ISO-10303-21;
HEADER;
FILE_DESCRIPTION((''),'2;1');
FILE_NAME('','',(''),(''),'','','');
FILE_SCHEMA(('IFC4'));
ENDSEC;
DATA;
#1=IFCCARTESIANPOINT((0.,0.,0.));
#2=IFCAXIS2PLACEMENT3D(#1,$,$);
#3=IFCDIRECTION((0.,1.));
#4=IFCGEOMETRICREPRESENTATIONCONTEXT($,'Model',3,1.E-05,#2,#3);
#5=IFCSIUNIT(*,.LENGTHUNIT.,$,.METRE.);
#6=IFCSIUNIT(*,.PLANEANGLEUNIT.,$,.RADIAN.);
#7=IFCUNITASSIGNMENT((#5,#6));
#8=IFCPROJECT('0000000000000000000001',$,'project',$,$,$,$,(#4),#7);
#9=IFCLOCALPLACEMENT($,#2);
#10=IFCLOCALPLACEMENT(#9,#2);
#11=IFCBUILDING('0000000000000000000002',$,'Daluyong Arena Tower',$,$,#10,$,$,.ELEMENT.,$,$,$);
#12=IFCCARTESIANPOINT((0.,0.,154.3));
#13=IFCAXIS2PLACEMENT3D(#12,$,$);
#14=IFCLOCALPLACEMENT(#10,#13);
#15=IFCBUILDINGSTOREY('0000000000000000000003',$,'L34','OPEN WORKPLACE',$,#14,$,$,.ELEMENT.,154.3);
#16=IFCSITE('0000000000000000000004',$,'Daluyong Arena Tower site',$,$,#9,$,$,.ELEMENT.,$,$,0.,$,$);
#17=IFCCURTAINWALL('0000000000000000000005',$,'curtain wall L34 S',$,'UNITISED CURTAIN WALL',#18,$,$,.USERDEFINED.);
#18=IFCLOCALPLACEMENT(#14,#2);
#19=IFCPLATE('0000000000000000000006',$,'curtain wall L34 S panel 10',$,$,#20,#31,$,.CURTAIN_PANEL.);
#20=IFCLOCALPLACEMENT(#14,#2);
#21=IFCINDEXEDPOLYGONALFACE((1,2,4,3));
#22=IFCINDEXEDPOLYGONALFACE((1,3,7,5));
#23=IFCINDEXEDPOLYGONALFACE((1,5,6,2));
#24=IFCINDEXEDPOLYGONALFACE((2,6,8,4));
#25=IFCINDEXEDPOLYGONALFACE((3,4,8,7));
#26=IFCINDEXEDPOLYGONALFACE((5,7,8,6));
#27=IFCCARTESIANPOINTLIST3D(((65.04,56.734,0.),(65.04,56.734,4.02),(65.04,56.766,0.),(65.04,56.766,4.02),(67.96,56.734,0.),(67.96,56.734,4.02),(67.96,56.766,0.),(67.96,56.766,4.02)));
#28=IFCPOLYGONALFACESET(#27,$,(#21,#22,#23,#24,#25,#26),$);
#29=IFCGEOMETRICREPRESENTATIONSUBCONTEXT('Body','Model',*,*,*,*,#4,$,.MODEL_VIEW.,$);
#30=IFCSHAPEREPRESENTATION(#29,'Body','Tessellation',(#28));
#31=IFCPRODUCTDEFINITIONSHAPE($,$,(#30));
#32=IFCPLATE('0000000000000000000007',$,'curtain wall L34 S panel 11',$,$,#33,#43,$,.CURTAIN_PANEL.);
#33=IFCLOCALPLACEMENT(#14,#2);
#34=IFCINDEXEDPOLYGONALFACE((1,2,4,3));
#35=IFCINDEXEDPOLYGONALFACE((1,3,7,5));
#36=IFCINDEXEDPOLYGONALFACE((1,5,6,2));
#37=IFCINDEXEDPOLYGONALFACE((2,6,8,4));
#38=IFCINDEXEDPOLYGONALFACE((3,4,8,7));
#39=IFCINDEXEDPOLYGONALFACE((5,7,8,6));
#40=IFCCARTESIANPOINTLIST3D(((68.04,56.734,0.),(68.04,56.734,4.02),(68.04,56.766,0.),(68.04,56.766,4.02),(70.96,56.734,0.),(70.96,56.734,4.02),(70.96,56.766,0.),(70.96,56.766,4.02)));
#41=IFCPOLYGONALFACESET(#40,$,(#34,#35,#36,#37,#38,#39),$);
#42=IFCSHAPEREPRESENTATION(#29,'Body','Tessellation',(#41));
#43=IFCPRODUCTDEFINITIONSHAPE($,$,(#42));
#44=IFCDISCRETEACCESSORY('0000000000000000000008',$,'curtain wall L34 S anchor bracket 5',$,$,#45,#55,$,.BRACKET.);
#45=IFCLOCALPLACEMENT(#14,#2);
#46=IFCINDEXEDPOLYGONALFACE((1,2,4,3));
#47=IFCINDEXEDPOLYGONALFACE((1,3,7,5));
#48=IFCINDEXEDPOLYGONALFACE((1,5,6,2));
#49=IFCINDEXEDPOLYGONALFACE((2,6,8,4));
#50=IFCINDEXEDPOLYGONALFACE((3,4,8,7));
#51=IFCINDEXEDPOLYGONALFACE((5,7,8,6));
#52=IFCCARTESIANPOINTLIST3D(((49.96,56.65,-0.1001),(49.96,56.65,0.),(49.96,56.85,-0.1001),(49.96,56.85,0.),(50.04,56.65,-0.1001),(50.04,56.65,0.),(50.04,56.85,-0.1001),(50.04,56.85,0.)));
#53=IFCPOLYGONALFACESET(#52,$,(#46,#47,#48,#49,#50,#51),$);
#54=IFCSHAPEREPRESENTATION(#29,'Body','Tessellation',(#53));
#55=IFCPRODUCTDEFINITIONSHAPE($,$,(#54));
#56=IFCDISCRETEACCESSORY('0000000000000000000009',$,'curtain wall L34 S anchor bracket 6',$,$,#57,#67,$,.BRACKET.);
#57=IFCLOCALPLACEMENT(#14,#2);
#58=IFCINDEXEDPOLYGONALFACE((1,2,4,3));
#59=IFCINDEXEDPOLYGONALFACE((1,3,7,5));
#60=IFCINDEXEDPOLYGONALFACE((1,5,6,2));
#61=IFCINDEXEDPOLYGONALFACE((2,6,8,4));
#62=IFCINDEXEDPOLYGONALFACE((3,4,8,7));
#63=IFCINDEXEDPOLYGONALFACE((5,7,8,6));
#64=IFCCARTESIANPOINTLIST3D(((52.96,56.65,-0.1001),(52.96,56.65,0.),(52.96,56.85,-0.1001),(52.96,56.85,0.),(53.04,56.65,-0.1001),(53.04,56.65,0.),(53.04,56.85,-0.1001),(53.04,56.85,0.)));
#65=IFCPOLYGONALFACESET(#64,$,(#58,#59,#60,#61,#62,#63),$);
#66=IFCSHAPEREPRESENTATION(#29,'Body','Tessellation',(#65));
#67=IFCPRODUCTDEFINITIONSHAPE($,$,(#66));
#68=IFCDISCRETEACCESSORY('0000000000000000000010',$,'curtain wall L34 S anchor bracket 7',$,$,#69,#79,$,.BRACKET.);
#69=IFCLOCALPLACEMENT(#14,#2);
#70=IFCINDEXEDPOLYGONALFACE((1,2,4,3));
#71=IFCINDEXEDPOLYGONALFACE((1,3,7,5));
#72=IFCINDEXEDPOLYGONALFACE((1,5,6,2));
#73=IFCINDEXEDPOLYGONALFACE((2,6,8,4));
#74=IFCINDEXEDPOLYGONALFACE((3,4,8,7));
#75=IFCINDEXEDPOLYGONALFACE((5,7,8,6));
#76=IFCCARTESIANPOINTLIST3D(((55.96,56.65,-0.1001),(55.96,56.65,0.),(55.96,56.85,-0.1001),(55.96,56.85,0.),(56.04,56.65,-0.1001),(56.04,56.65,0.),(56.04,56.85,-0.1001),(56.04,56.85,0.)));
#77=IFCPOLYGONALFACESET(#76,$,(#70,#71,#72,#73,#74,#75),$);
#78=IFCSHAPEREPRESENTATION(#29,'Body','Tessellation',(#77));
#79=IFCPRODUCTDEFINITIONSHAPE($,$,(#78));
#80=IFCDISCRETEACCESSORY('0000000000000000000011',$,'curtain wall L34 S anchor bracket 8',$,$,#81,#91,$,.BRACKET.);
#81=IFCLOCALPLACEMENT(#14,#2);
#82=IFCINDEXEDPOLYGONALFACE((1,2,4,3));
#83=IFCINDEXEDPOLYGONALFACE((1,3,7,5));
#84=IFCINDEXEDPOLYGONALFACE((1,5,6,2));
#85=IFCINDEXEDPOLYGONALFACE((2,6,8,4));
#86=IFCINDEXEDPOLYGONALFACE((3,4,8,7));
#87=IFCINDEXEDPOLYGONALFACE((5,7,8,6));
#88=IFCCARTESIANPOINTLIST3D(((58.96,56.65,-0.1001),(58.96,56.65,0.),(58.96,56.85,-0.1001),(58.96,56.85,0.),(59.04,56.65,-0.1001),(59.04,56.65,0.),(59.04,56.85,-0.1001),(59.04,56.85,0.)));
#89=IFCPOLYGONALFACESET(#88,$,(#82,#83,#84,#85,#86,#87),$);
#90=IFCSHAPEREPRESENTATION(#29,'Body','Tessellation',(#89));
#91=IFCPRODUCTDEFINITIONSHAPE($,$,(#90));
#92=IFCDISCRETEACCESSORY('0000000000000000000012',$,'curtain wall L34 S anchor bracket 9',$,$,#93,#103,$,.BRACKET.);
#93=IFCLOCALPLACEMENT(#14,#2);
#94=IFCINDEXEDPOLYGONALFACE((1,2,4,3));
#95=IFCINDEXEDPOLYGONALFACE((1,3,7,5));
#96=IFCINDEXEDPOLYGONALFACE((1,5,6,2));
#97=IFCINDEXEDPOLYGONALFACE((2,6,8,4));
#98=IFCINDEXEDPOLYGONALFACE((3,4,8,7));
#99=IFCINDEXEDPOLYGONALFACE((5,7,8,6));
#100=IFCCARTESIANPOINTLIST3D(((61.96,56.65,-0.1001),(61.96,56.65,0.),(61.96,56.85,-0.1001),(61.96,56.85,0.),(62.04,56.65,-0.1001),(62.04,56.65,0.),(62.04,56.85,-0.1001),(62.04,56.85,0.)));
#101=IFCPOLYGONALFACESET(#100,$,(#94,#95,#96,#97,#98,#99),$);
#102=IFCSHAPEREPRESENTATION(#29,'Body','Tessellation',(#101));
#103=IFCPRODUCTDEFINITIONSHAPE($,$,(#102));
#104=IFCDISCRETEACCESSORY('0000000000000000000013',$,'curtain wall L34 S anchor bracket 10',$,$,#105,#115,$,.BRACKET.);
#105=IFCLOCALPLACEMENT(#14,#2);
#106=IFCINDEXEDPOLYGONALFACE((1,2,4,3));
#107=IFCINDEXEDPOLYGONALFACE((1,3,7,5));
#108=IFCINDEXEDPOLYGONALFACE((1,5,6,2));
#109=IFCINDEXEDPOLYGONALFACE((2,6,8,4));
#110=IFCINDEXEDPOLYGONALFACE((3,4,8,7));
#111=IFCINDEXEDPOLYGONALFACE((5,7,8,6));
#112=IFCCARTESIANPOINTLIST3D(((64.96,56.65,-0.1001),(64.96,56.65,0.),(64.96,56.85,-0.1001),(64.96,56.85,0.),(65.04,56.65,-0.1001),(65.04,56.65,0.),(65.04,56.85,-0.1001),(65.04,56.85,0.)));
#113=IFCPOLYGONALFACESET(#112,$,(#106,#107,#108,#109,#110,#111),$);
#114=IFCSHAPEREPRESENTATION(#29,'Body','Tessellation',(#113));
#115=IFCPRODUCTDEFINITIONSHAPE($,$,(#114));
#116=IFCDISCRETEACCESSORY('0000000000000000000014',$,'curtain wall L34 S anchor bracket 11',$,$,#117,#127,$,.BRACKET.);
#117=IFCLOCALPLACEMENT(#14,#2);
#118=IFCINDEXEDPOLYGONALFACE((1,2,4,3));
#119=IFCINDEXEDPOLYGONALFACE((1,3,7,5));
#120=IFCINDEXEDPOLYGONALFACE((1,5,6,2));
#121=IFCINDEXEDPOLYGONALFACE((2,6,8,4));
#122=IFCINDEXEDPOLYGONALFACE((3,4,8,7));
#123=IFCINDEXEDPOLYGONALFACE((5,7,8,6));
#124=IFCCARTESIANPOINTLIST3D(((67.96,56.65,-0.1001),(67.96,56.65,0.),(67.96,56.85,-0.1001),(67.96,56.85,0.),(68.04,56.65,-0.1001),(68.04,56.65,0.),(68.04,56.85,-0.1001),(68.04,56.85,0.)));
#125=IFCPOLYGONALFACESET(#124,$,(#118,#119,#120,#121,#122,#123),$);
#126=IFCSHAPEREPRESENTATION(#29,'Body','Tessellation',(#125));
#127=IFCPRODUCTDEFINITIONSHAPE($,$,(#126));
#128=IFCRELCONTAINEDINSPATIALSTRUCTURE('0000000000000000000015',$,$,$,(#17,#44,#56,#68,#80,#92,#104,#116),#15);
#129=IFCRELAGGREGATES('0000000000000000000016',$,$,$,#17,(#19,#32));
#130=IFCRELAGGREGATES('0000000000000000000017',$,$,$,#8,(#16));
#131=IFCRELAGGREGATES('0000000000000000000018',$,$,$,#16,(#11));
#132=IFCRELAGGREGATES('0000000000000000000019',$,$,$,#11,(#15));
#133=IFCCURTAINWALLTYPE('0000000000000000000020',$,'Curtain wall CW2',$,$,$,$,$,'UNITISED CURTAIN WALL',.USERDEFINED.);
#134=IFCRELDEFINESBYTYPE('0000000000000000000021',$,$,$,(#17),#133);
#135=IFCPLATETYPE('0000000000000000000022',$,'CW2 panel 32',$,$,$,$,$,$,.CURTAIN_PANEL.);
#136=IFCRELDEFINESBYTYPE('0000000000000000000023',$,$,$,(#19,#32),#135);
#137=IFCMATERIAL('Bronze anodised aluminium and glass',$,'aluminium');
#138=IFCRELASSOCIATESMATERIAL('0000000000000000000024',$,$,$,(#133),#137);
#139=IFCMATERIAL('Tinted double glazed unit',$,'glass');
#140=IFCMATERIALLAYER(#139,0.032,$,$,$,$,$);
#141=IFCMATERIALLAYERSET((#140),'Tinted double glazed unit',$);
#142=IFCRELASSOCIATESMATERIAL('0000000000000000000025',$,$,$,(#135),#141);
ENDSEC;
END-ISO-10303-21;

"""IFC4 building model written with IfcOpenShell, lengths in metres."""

from ifc_helpers import new_model, si_unit, direction, frame, origin, origin_2d, place, context, subcontext, project, spatial, rectangle, extrude, material, layer, layer_set, type_object, element, aggregate, save


model = new_model("IFC4")

# Units and contexts
model_context = context("Model", 3, precision=1e-05, world=origin(), true_north=direction((0.0, 1.0)))
body_context = subcontext(model_context, "Body", "Model", "MODEL_VIEW")
ifc_project = project(units=[si_unit("LENGTHUNIT", "METRE"), si_unit("PLANEANGLEUNIT", "RADIAN")], contexts=[model_context])

# Site, building, storey
site_placement = place(None, origin())
site = spatial("IfcSite", under=ifc_project, at=site_placement, Name="Daluyong Arena Tower site", CompositionType="ELEMENT", RefElevation=0.0)
building_placement = place(site_placement, origin())
building = spatial("IfcBuilding", under=site, at=building_placement, Name="Daluyong Arena Tower", CompositionType="ELEMENT")
storey_placement = place(building_placement, frame((0.0, 0.0, 154.3)))
storey = spatial("IfcBuildingStorey", under=building, at=storey_placement, Name="L34", Description="OPEN WORKPLACE", CompositionType="ELEMENT", Elevation=154.3)

# Curtain wall
ifc_material_1 = material(Name="Bronze anodised aluminium and glass", Category="aluminium")
curtain_wall_type = type_object("IfcCurtainWallType", Name="Curtain wall CW2", ElementType="UNITISED CURTAIN WALL", PredefinedType="USERDEFINED", material=ifc_material_1)
curtain_wall_placement = place(storey_placement, origin())
curtain_wall = element("IfcCurtainWall", 1, at=curtain_wall_placement, inside=storey, type_object=curtain_wall_type, Name="curtain wall L34 S", ObjectType="UNITISED CURTAIN WALL", PredefinedType="USERDEFINED")

# Plates
ifc_material_2 = material(Name="Tinted double glazed unit", Category="glass")
ifc_layer = layer(ifc_material_2, 0.032)
ifc_layer_set = layer_set([ifc_layer], Name="Tinted double glazed unit")
plate_type = type_object("IfcPlateType", Name="CW2 panel 32", PredefinedType="CURTAIN_PANEL", material=ifc_layer_set)
plate_1_placement = place(storey_placement, frame((66.5, 56.75, 0.0), z_axis=(0.0, 0.0, 1.0), x_axis=(1.0, 0.0, 0.0)))
plate_1 = element("IfcPlate", 2, at=plate_1_placement, type_object=plate_type, Name="curtain wall L34 S panel 10", PredefinedType="CURTAIN_PANEL", context=body_context, shape_type="SweptSolid", body=[
    extrude(rectangle(XDim=2.9199, YDim=0.032, at=origin_2d()), origin(), (0.0, 0.0, 1.0), 4.02),
])
plate_2_placement = place(storey_placement, frame((69.5, 56.75, 0.0), z_axis=(0.0, 0.0, 1.0), x_axis=(1.0, 0.0, 0.0)))
plate_2 = element("IfcPlate", 3, at=plate_2_placement, type_object=plate_type, Name="curtain wall L34 S panel 11", PredefinedType="CURTAIN_PANEL", context=body_context, shape_type="SweptSolid", body=[
    extrude(rectangle(XDim=2.9199, YDim=0.032, at=origin_2d()), origin(), (0.0, 0.0, 1.0), 4.02),
])
aggregate(curtain_wall, [plate_1, plate_2])

# Discrete accessories
for number, where, z_axis, x_axis, name in (
    (4, (50.0, 56.75, -0.1001), (0.0, 0.0, 1.0), (1.0, 0.0, 0.0), "curtain wall L34 S anchor bracket 5"),
    (5, (53.0, 56.75, -0.1001), (0.0, 0.0, 1.0), (1.0, 0.0, 0.0), "curtain wall L34 S anchor bracket 6"),
    (6, (56.0, 56.75, -0.1001), (0.0, 0.0, 1.0), (1.0, 0.0, 0.0), "curtain wall L34 S anchor bracket 7"),
    (7, (59.0, 56.75, -0.1001), (0.0, 0.0, 1.0), (1.0, 0.0, 0.0), "curtain wall L34 S anchor bracket 8"),
    (8, (62.0, 56.75, -0.1001), (0.0, 0.0, 1.0), (1.0, 0.0, 0.0), "curtain wall L34 S anchor bracket 9"),
    (9, (65.0, 56.75, -0.1001), (0.0, 0.0, 1.0), (1.0, 0.0, 0.0), "curtain wall L34 S anchor bracket 10"),
    (10, (68.0, 56.75, -0.1001), (0.0, 0.0, 1.0), (1.0, 0.0, 0.0), "curtain wall L34 S anchor bracket 11"),
):
    element("IfcDiscreteAccessory", number, at=place(storey_placement, frame(where, z_axis=z_axis, x_axis=x_axis)), inside=storey, Name=name, PredefinedType="BRACKET", context=body_context, shape_type="SweptSolid", body=[
        extrude(rectangle(XDim=0.0801, YDim=0.2, at=origin_2d()), origin(), (0.0, 0.0, 1.0), 0.1001),
    ])

save(model, "model.ifc")
